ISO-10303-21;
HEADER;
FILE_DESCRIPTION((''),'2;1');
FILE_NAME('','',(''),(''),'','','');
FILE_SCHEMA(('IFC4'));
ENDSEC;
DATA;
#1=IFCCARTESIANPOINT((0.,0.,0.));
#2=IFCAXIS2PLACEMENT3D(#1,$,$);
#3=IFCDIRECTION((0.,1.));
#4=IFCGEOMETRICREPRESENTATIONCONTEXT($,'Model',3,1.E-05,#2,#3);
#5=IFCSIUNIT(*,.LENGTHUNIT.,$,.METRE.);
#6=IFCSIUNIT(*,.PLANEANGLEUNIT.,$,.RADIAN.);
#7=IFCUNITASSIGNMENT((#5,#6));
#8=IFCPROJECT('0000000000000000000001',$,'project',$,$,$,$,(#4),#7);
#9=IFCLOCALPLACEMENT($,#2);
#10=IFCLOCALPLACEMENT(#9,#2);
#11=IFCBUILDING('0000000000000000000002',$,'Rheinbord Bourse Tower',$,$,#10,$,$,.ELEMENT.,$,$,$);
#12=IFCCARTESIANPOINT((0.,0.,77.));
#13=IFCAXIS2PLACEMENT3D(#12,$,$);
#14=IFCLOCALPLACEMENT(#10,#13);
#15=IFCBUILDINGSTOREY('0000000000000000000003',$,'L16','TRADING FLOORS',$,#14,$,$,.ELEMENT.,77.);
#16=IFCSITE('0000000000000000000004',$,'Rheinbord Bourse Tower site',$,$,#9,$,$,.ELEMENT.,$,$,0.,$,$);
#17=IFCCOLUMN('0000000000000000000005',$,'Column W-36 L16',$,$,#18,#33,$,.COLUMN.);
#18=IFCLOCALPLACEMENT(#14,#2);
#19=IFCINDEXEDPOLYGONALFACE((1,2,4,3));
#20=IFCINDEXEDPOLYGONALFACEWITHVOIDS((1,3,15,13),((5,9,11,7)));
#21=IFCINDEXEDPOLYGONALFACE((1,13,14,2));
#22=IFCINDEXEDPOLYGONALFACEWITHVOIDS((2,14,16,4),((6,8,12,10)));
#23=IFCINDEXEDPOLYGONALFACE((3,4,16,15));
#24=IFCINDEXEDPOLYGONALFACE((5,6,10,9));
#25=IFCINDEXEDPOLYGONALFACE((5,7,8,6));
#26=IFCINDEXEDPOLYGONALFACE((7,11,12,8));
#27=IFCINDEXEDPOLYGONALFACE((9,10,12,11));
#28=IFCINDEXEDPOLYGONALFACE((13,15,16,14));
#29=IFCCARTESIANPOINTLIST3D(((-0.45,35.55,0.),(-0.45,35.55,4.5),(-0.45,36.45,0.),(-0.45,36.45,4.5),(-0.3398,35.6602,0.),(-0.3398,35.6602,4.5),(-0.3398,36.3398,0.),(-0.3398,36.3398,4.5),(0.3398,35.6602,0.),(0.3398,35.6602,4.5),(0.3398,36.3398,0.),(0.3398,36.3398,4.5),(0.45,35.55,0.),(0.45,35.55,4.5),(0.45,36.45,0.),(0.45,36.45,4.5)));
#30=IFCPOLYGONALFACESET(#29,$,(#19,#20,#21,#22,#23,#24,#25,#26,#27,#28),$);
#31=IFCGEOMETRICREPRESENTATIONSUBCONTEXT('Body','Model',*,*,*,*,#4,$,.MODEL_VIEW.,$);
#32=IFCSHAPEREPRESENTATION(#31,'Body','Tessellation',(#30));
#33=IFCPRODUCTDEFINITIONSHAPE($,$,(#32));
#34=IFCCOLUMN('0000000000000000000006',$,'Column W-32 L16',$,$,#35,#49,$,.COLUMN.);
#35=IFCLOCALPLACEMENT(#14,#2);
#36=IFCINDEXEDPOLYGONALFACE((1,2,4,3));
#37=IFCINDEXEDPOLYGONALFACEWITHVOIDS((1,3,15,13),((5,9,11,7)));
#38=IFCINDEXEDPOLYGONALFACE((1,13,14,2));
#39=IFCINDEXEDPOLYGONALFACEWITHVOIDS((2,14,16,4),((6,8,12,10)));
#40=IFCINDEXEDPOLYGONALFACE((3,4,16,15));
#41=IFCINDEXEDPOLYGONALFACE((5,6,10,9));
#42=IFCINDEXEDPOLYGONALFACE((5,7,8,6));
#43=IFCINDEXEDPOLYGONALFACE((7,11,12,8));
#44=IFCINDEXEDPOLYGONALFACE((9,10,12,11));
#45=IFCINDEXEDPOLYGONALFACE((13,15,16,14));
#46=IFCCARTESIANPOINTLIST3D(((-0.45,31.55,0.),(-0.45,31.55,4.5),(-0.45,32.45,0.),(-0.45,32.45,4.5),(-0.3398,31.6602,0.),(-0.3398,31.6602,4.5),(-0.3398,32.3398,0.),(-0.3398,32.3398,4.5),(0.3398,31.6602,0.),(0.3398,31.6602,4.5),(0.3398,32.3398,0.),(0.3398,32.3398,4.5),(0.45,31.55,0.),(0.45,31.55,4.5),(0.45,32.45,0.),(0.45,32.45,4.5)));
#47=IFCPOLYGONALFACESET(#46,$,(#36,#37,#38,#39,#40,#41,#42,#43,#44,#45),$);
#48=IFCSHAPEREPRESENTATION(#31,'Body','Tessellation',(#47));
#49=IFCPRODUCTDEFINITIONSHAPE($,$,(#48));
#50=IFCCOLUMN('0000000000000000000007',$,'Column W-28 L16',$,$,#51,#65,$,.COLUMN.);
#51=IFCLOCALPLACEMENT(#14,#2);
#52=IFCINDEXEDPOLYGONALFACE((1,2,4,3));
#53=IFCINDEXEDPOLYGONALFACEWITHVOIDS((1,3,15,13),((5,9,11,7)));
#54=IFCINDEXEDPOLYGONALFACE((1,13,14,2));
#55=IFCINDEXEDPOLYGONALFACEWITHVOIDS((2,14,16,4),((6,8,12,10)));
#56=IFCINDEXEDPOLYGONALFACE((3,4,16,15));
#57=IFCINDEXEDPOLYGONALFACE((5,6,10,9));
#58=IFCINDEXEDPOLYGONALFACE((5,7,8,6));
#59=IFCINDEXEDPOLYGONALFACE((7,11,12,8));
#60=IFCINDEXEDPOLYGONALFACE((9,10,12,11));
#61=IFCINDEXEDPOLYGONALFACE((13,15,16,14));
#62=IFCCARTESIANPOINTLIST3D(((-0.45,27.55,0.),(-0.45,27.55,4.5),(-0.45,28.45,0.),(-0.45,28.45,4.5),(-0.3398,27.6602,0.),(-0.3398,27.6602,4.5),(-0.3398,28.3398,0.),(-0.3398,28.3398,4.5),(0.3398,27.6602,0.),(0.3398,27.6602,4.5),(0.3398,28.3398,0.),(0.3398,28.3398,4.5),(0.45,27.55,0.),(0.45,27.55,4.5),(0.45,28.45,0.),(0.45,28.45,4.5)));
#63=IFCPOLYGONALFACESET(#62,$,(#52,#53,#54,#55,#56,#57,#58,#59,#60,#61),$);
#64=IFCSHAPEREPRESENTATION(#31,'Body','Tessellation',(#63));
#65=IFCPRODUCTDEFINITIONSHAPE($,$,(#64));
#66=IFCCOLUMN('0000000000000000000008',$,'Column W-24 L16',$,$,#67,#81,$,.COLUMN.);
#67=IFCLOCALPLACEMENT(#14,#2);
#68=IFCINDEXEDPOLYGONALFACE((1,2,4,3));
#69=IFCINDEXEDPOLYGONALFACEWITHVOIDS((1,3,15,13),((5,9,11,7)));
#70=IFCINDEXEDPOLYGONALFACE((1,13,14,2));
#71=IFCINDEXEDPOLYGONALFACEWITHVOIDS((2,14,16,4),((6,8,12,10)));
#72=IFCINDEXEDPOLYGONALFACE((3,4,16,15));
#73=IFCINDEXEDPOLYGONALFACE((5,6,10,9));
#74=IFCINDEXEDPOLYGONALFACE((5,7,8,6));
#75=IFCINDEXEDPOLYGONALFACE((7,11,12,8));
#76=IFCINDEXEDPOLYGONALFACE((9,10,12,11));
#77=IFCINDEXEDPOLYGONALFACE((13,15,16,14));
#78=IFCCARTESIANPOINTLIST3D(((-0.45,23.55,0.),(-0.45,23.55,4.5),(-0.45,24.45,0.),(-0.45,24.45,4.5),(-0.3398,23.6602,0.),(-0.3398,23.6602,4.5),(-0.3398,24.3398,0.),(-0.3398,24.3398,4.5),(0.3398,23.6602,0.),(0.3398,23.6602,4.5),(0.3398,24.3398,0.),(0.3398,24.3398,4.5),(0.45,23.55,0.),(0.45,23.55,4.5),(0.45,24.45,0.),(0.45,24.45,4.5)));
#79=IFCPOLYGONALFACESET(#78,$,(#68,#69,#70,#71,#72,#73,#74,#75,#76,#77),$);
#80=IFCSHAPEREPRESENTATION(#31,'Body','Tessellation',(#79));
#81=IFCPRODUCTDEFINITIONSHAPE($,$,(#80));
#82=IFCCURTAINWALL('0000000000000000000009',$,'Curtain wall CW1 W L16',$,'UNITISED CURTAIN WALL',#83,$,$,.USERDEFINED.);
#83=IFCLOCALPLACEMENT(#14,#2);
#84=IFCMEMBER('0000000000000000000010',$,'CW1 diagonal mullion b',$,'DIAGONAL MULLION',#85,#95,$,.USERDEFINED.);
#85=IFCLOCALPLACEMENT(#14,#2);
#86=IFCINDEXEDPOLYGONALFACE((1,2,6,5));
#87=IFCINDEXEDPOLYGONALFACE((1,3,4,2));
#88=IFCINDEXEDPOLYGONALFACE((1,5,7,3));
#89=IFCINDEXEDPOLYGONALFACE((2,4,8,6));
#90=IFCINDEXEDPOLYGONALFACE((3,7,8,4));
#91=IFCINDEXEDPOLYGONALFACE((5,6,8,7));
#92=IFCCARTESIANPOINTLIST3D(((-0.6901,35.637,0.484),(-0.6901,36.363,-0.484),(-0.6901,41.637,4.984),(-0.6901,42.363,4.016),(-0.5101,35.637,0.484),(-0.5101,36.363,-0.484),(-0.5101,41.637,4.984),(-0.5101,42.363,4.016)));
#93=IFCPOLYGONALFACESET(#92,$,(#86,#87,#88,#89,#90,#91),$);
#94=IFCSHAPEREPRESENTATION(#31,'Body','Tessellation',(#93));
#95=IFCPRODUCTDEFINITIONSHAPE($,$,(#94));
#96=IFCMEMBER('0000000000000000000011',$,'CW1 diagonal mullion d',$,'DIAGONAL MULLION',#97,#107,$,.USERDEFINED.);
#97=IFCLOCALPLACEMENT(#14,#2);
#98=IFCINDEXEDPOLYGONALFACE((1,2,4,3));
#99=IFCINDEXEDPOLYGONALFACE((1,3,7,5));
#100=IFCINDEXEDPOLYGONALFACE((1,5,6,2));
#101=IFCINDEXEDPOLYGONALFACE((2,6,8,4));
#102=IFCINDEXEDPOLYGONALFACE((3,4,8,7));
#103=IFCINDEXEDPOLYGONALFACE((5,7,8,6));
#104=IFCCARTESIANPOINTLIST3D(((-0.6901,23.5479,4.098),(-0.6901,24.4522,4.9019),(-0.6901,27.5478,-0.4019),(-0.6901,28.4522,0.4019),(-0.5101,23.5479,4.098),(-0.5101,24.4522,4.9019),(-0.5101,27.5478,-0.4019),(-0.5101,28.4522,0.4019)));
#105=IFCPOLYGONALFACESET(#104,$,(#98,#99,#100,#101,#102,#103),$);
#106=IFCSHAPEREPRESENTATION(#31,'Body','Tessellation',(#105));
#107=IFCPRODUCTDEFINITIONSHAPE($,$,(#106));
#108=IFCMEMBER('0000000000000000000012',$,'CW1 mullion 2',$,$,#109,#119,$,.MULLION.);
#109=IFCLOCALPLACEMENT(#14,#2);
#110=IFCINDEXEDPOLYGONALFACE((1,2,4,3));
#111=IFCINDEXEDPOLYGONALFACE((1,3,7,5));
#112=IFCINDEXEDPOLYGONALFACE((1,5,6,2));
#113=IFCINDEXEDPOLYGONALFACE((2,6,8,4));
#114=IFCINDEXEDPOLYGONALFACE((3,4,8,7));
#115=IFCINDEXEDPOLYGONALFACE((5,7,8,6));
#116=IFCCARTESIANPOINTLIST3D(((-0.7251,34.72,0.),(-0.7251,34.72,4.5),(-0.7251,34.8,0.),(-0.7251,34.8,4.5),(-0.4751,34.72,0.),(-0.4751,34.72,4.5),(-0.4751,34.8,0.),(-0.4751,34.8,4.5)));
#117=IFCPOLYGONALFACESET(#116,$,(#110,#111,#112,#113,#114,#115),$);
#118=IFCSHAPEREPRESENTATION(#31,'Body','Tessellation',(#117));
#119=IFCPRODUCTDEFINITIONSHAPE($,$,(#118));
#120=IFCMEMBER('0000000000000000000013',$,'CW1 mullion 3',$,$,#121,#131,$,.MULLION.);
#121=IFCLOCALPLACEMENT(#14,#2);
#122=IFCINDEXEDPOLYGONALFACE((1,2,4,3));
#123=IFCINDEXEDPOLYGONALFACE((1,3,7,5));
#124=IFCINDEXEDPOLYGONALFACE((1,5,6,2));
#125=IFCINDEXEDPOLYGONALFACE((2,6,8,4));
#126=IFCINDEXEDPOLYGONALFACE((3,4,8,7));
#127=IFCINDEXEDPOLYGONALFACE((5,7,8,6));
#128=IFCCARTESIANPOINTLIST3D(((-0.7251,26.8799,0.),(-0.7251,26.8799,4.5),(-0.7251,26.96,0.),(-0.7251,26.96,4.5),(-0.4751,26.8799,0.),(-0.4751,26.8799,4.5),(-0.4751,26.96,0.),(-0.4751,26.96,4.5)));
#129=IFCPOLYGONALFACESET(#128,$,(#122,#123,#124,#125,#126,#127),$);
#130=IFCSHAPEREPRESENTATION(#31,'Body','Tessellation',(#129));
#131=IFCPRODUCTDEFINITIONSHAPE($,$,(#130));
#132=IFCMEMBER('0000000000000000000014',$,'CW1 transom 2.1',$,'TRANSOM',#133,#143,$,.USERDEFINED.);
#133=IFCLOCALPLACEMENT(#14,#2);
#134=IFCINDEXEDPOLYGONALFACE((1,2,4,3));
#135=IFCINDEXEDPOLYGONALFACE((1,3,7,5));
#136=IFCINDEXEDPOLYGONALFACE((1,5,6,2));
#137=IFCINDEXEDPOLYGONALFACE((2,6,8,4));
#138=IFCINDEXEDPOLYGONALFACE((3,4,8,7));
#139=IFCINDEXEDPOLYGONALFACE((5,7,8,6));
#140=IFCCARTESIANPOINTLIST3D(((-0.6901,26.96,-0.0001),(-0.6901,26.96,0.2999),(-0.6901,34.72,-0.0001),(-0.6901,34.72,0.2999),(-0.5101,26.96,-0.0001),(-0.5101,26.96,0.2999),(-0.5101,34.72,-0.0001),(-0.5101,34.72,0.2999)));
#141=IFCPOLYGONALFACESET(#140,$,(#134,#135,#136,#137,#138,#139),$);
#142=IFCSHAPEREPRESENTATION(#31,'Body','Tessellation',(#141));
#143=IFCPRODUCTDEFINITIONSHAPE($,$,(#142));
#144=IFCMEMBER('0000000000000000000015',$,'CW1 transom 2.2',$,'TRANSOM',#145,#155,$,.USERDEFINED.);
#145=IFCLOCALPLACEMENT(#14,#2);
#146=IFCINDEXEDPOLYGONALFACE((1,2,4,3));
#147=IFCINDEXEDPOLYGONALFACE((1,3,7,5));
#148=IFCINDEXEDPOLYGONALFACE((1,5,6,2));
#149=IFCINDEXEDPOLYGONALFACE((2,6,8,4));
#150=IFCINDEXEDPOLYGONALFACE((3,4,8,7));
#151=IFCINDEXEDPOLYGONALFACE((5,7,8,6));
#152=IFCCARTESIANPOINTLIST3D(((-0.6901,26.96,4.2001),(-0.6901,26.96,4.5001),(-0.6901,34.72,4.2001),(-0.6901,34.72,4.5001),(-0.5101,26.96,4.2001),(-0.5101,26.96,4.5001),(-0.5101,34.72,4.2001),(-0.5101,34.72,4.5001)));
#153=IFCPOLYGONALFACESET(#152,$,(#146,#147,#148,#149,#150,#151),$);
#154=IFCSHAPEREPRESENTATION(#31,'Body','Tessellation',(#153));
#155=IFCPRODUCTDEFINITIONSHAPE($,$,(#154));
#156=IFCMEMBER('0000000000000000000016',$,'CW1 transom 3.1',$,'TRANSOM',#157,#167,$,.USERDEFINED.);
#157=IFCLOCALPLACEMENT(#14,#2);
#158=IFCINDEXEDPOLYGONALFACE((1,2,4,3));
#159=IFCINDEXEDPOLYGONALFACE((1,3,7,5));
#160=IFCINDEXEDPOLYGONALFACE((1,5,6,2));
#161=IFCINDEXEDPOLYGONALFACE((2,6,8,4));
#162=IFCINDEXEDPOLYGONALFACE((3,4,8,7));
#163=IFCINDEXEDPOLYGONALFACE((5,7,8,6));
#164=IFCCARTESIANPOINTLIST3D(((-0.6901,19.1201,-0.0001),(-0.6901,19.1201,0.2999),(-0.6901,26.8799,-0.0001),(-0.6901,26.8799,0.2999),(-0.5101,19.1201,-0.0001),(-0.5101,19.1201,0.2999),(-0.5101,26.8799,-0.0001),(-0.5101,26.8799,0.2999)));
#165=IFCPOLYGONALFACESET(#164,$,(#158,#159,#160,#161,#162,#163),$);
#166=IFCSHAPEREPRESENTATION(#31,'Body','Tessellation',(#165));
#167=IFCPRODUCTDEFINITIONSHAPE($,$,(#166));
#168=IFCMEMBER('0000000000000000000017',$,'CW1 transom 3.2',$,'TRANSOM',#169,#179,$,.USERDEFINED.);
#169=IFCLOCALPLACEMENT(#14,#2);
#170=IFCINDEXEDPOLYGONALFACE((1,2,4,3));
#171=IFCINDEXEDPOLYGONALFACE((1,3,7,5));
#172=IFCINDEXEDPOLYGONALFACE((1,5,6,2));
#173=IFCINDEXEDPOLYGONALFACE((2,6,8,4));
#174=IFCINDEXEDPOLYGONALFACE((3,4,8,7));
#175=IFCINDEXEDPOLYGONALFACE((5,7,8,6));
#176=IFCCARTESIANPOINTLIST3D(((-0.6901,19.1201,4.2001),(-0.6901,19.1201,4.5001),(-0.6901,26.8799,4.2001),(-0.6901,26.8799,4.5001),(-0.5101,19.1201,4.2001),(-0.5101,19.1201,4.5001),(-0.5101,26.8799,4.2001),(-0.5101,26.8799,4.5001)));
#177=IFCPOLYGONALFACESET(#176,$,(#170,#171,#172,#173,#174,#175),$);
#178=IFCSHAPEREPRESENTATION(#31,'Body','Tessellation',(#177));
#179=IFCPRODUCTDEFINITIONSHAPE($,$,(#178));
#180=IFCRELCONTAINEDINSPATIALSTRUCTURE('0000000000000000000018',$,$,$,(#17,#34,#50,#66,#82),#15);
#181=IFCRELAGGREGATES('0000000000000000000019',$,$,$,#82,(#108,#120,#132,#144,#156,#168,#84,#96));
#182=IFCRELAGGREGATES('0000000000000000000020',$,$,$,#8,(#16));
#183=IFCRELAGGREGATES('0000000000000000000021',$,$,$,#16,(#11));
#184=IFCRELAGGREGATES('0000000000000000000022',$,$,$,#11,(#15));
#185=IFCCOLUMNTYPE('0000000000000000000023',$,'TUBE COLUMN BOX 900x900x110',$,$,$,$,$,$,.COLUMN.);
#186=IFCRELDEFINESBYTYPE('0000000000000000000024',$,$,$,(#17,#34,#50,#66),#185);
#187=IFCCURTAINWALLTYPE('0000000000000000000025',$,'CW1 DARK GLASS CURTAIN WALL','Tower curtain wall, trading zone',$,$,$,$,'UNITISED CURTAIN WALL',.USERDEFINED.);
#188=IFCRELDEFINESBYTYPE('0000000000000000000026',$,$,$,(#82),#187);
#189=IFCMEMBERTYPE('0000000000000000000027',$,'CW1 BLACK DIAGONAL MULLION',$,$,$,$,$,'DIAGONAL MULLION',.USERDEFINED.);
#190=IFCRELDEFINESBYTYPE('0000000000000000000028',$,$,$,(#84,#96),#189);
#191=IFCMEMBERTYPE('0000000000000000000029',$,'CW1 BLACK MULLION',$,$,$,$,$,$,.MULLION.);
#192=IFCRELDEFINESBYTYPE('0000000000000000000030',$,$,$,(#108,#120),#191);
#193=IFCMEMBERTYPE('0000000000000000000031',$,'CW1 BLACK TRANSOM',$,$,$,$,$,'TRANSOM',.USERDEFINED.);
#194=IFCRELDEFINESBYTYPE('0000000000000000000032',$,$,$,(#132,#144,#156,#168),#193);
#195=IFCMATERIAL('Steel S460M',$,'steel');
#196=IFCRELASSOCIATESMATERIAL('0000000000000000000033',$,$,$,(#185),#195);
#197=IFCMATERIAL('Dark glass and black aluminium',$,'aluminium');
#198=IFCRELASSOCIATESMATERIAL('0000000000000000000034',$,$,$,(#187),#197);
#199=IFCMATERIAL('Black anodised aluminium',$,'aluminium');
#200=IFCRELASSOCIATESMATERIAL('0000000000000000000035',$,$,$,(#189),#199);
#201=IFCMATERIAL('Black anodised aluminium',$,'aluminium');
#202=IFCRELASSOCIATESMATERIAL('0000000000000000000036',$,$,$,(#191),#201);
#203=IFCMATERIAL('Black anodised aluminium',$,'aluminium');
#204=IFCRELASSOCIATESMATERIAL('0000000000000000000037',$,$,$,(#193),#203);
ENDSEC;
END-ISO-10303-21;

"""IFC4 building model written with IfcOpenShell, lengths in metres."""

from ifc_helpers import new_model, si_unit, direction, frame, origin, origin_2d, place, context, subcontext, project, spatial, rectangle, hollow_rectangle, extrude, material, material_profile, profile_set, type_object, element, aggregate, save


model = new_model("IFC4")

# Units and contexts
model_context = context("Model", 3, precision=1e-05, world=origin(), true_north=direction((0.0, 1.0)))
body_context = subcontext(model_context, "Body", "Model", "MODEL_VIEW")
ifc_project = project(units=[si_unit("LENGTHUNIT", "METRE"), si_unit("PLANEANGLEUNIT", "RADIAN")], contexts=[model_context])

# Site, building, storey
site_placement = place(None, origin())
site = spatial("IfcSite", under=ifc_project, at=site_placement, Name="Rheinbord Bourse Tower site", CompositionType="ELEMENT", RefElevation=0.0)
building_placement = place(site_placement, origin())
building = spatial("IfcBuilding", under=site, at=building_placement, Name="Rheinbord Bourse Tower", CompositionType="ELEMENT")
storey_placement = place(building_placement, frame((0.0, 0.0, 77.0)))
storey = spatial("IfcBuildingStorey", under=building, at=storey_placement, Name="L16", Description="TRADING FLOORS", CompositionType="ELEMENT", Elevation=77.0)

# Columns
ifc_material_1 = material(Name="Steel S460M", Category="steel")
ifc_material_profile_1 = material_profile(ifc_material_1, hollow_rectangle(XDim=0.8999, YDim=0.8999, WallThickness=0.1101, at=origin_2d()), Name="BOX 900x900x110")
ifc_profile_set_1 = profile_set([ifc_material_profile_1], Name="Steel S460M")
column_type = type_object("IfcColumnType", Name="TUBE COLUMN BOX 900x900x110", PredefinedType="COLUMN", material=ifc_profile_set_1)
for number, where, z_axis, x_axis, name in (
    (1, (0.0, 36.0, 0.0), (0.0, 0.0, 1.0), (1.0, 0.0, 0.0), "Column W-36 L16"),
    (2, (0.0, 32.0, 0.0), (0.0, 0.0, 1.0), (1.0, 0.0, 0.0), "Column W-32 L16"),
    (3, (0.0, 28.0, 0.0), (0.0, 0.0, 1.0), (1.0, 0.0, 0.0), "Column W-28 L16"),
    (4, (0.0, 24.0, 0.0), (0.0, 0.0, 1.0), (1.0, 0.0, 0.0), "Column W-24 L16"),
):
    element("IfcColumn", number, at=place(storey_placement, frame(where, z_axis=z_axis, x_axis=x_axis)), inside=storey, type_object=column_type, Name=name, PredefinedType="COLUMN", context=body_context, shape_type="SweptSolid", body=[
        extrude(hollow_rectangle(XDim=0.8999, YDim=0.8999, WallThickness=0.1101, at=origin_2d()), origin(), (0.0, 0.0, 1.0), 4.5),
    ])

# Curtain wall, members
ifc_material_2 = material(Name="Dark glass and black aluminium", Category="aluminium")
curtain_wall_type = type_object("IfcCurtainWallType", Name="CW1 DARK GLASS CURTAIN WALL", Description="Tower curtain wall, trading zone", ElementType="UNITISED CURTAIN WALL", PredefinedType="USERDEFINED", material=ifc_material_2)
curtain_wall_placement = place(storey_placement, origin())
curtain_wall = element("IfcCurtainWall", 5, at=curtain_wall_placement, inside=storey, type_object=curtain_wall_type, Name="Curtain wall CW1 W L16", ObjectType="UNITISED CURTAIN WALL", PredefinedType="USERDEFINED")
ifc_material_3 = material(Name="Black anodised aluminium", Category="aluminium")
ifc_material_profile_2 = material_profile(ifc_material_3, rectangle(XDim=0.1799, YDim=1.21, at=origin_2d()), Name="CW1 DIAGONAL MULLION 1210x180")
ifc_profile_set_2 = profile_set([ifc_material_profile_2], Name="Black anodised aluminium")
member_type_1 = type_object("IfcMemberType", Name="CW1 BLACK DIAGONAL MULLION", ElementType="DIAGONAL MULLION", PredefinedType="USERDEFINED", material=ifc_profile_set_2)
member_1_placement = place(storey_placement, frame((-0.6001, 36.0, 0.0), z_axis=(0.0, 0.8, 0.6), x_axis=(-1.0, 0.0, 0.0)))
member_1 = element("IfcMember", 6, at=member_1_placement, type_object=member_type_1, Name="CW1 diagonal mullion b", ObjectType="DIAGONAL MULLION", PredefinedType="USERDEFINED", context=body_context, shape_type="SweptSolid", body=[
    extrude(rectangle(XDim=0.1799, YDim=1.21, at=origin_2d()), origin(), (0.0, 0.0, 1.0), 7.5),
])
member_2_placement = place(storey_placement, frame((-0.6001, 28.0, 0.0), z_axis=(0.0, -0.664364, 0.747409), x_axis=(1.0, 0.0, 0.0)))
member_2 = element("IfcMember", 7, at=member_2_placement, type_object=member_type_1, Name="CW1 diagonal mullion d", ObjectType="DIAGONAL MULLION", PredefinedType="USERDEFINED", context=body_context, shape_type="SweptSolid", body=[
    extrude(rectangle(XDim=0.1799, YDim=1.21, at=origin_2d()), origin(), (0.0, 0.0, 1.0), 6.0208),
])
ifc_material_4 = material(Name="Black anodised aluminium", Category="aluminium")
ifc_material_profile_3 = material_profile(ifc_material_4, rectangle(XDim=0.25, YDim=0.0801, at=origin_2d()), Name="CW1 MULLION 80x250")
ifc_profile_set_3 = profile_set([ifc_material_profile_3], Name="Black anodised aluminium")
member_type_2 = type_object("IfcMemberType", Name="CW1 BLACK MULLION", PredefinedType="MULLION", material=ifc_profile_set_3)
member_3_placement = place(storey_placement, frame((-0.6001, 34.76, 0.0), z_axis=(0.0, 0.0, 1.0), x_axis=(1.0, 0.0, 0.0)))
member_3 = element("IfcMember", 8, at=member_3_placement, type_object=member_type_2, Name="CW1 mullion 2", PredefinedType="MULLION", context=body_context, shape_type="SweptSolid", body=[
    extrude(rectangle(XDim=0.25, YDim=0.0801, at=origin_2d()), origin(), (0.0, 0.0, 1.0), 4.5),
])
member_4_placement = place(storey_placement, frame((-0.6001, 26.9199, 0.0), z_axis=(0.0, 0.0, 1.0), x_axis=(1.0, 0.0, 0.0)))
member_4 = element("IfcMember", 9, at=member_4_placement, type_object=member_type_2, Name="CW1 mullion 3", PredefinedType="MULLION", context=body_context, shape_type="SweptSolid", body=[
    extrude(rectangle(XDim=0.25, YDim=0.0801, at=origin_2d()), origin(), (0.0, 0.0, 1.0), 4.5),
])
ifc_material_5 = material(Name="Black anodised aluminium", Category="aluminium")
ifc_material_profile_4 = material_profile(ifc_material_5, rectangle(XDim=0.1799, YDim=0.3, at=origin_2d()), Name="CW1 TRANSOM 300x180")
ifc_profile_set_4 = profile_set([ifc_material_profile_4], Name="Black anodised aluminium")
member_type_3 = type_object("IfcMemberType", Name="CW1 BLACK TRANSOM", ElementType="TRANSOM", PredefinedType="USERDEFINED", material=ifc_profile_set_4)
member_5_placement = place(storey_placement, frame((-0.6001, 34.72, 0.1499), z_axis=(0.0, -1.0, 0.0), x_axis=(1.0, 0.0, 0.0)))
member_5 = element("IfcMember", 10, at=member_5_placement, type_object=member_type_3, Name="CW1 transom 2.1", ObjectType="TRANSOM", PredefinedType="USERDEFINED", context=body_context, shape_type="SweptSolid", body=[
    extrude(rectangle(XDim=0.1799, YDim=0.3, at=origin_2d()), origin(), (0.0, 0.0, 1.0), 7.76),
])
member_6_placement = place(storey_placement, frame((-0.6001, 34.72, 4.3501), z_axis=(0.0, -1.0, 0.0), x_axis=(1.0, 0.0, 0.0)))
member_6 = element("IfcMember", 11, at=member_6_placement, type_object=member_type_3, Name="CW1 transom 2.2", ObjectType="TRANSOM", PredefinedType="USERDEFINED", context=body_context, shape_type="SweptSolid", body=[
    extrude(rectangle(XDim=0.1799, YDim=0.3, at=origin_2d()), origin(), (0.0, 0.0, 1.0), 7.76),
])
member_7_placement = place(storey_placement, frame((-0.6001, 26.8799, 0.1499), z_axis=(0.0, -1.0, 0.0), x_axis=(1.0, 0.0, 0.0)))
member_7 = element("IfcMember", 12, at=member_7_placement, type_object=member_type_3, Name="CW1 transom 3.1", ObjectType="TRANSOM", PredefinedType="USERDEFINED", context=body_context, shape_type="SweptSolid", body=[
    extrude(rectangle(XDim=0.1799, YDim=0.3, at=origin_2d()), origin(), (0.0, 0.0, 1.0), 7.7598),
])
member_8_placement = place(storey_placement, frame((-0.6001, 26.8799, 4.3501), z_axis=(0.0, -1.0, 0.0), x_axis=(1.0, 0.0, 0.0)))
member_8 = element("IfcMember", 13, at=member_8_placement, type_object=member_type_3, Name="CW1 transom 3.2", ObjectType="TRANSOM", PredefinedType="USERDEFINED", context=body_context, shape_type="SweptSolid", body=[
    extrude(rectangle(XDim=0.1799, YDim=0.3, at=origin_2d()), origin(), (0.0, 0.0, 1.0), 7.7598),
])

aggregate(curtain_wall, [member_3, member_4, member_5, member_6, member_7, member_8, member_1, member_2])

save(model, "model.ifc")
